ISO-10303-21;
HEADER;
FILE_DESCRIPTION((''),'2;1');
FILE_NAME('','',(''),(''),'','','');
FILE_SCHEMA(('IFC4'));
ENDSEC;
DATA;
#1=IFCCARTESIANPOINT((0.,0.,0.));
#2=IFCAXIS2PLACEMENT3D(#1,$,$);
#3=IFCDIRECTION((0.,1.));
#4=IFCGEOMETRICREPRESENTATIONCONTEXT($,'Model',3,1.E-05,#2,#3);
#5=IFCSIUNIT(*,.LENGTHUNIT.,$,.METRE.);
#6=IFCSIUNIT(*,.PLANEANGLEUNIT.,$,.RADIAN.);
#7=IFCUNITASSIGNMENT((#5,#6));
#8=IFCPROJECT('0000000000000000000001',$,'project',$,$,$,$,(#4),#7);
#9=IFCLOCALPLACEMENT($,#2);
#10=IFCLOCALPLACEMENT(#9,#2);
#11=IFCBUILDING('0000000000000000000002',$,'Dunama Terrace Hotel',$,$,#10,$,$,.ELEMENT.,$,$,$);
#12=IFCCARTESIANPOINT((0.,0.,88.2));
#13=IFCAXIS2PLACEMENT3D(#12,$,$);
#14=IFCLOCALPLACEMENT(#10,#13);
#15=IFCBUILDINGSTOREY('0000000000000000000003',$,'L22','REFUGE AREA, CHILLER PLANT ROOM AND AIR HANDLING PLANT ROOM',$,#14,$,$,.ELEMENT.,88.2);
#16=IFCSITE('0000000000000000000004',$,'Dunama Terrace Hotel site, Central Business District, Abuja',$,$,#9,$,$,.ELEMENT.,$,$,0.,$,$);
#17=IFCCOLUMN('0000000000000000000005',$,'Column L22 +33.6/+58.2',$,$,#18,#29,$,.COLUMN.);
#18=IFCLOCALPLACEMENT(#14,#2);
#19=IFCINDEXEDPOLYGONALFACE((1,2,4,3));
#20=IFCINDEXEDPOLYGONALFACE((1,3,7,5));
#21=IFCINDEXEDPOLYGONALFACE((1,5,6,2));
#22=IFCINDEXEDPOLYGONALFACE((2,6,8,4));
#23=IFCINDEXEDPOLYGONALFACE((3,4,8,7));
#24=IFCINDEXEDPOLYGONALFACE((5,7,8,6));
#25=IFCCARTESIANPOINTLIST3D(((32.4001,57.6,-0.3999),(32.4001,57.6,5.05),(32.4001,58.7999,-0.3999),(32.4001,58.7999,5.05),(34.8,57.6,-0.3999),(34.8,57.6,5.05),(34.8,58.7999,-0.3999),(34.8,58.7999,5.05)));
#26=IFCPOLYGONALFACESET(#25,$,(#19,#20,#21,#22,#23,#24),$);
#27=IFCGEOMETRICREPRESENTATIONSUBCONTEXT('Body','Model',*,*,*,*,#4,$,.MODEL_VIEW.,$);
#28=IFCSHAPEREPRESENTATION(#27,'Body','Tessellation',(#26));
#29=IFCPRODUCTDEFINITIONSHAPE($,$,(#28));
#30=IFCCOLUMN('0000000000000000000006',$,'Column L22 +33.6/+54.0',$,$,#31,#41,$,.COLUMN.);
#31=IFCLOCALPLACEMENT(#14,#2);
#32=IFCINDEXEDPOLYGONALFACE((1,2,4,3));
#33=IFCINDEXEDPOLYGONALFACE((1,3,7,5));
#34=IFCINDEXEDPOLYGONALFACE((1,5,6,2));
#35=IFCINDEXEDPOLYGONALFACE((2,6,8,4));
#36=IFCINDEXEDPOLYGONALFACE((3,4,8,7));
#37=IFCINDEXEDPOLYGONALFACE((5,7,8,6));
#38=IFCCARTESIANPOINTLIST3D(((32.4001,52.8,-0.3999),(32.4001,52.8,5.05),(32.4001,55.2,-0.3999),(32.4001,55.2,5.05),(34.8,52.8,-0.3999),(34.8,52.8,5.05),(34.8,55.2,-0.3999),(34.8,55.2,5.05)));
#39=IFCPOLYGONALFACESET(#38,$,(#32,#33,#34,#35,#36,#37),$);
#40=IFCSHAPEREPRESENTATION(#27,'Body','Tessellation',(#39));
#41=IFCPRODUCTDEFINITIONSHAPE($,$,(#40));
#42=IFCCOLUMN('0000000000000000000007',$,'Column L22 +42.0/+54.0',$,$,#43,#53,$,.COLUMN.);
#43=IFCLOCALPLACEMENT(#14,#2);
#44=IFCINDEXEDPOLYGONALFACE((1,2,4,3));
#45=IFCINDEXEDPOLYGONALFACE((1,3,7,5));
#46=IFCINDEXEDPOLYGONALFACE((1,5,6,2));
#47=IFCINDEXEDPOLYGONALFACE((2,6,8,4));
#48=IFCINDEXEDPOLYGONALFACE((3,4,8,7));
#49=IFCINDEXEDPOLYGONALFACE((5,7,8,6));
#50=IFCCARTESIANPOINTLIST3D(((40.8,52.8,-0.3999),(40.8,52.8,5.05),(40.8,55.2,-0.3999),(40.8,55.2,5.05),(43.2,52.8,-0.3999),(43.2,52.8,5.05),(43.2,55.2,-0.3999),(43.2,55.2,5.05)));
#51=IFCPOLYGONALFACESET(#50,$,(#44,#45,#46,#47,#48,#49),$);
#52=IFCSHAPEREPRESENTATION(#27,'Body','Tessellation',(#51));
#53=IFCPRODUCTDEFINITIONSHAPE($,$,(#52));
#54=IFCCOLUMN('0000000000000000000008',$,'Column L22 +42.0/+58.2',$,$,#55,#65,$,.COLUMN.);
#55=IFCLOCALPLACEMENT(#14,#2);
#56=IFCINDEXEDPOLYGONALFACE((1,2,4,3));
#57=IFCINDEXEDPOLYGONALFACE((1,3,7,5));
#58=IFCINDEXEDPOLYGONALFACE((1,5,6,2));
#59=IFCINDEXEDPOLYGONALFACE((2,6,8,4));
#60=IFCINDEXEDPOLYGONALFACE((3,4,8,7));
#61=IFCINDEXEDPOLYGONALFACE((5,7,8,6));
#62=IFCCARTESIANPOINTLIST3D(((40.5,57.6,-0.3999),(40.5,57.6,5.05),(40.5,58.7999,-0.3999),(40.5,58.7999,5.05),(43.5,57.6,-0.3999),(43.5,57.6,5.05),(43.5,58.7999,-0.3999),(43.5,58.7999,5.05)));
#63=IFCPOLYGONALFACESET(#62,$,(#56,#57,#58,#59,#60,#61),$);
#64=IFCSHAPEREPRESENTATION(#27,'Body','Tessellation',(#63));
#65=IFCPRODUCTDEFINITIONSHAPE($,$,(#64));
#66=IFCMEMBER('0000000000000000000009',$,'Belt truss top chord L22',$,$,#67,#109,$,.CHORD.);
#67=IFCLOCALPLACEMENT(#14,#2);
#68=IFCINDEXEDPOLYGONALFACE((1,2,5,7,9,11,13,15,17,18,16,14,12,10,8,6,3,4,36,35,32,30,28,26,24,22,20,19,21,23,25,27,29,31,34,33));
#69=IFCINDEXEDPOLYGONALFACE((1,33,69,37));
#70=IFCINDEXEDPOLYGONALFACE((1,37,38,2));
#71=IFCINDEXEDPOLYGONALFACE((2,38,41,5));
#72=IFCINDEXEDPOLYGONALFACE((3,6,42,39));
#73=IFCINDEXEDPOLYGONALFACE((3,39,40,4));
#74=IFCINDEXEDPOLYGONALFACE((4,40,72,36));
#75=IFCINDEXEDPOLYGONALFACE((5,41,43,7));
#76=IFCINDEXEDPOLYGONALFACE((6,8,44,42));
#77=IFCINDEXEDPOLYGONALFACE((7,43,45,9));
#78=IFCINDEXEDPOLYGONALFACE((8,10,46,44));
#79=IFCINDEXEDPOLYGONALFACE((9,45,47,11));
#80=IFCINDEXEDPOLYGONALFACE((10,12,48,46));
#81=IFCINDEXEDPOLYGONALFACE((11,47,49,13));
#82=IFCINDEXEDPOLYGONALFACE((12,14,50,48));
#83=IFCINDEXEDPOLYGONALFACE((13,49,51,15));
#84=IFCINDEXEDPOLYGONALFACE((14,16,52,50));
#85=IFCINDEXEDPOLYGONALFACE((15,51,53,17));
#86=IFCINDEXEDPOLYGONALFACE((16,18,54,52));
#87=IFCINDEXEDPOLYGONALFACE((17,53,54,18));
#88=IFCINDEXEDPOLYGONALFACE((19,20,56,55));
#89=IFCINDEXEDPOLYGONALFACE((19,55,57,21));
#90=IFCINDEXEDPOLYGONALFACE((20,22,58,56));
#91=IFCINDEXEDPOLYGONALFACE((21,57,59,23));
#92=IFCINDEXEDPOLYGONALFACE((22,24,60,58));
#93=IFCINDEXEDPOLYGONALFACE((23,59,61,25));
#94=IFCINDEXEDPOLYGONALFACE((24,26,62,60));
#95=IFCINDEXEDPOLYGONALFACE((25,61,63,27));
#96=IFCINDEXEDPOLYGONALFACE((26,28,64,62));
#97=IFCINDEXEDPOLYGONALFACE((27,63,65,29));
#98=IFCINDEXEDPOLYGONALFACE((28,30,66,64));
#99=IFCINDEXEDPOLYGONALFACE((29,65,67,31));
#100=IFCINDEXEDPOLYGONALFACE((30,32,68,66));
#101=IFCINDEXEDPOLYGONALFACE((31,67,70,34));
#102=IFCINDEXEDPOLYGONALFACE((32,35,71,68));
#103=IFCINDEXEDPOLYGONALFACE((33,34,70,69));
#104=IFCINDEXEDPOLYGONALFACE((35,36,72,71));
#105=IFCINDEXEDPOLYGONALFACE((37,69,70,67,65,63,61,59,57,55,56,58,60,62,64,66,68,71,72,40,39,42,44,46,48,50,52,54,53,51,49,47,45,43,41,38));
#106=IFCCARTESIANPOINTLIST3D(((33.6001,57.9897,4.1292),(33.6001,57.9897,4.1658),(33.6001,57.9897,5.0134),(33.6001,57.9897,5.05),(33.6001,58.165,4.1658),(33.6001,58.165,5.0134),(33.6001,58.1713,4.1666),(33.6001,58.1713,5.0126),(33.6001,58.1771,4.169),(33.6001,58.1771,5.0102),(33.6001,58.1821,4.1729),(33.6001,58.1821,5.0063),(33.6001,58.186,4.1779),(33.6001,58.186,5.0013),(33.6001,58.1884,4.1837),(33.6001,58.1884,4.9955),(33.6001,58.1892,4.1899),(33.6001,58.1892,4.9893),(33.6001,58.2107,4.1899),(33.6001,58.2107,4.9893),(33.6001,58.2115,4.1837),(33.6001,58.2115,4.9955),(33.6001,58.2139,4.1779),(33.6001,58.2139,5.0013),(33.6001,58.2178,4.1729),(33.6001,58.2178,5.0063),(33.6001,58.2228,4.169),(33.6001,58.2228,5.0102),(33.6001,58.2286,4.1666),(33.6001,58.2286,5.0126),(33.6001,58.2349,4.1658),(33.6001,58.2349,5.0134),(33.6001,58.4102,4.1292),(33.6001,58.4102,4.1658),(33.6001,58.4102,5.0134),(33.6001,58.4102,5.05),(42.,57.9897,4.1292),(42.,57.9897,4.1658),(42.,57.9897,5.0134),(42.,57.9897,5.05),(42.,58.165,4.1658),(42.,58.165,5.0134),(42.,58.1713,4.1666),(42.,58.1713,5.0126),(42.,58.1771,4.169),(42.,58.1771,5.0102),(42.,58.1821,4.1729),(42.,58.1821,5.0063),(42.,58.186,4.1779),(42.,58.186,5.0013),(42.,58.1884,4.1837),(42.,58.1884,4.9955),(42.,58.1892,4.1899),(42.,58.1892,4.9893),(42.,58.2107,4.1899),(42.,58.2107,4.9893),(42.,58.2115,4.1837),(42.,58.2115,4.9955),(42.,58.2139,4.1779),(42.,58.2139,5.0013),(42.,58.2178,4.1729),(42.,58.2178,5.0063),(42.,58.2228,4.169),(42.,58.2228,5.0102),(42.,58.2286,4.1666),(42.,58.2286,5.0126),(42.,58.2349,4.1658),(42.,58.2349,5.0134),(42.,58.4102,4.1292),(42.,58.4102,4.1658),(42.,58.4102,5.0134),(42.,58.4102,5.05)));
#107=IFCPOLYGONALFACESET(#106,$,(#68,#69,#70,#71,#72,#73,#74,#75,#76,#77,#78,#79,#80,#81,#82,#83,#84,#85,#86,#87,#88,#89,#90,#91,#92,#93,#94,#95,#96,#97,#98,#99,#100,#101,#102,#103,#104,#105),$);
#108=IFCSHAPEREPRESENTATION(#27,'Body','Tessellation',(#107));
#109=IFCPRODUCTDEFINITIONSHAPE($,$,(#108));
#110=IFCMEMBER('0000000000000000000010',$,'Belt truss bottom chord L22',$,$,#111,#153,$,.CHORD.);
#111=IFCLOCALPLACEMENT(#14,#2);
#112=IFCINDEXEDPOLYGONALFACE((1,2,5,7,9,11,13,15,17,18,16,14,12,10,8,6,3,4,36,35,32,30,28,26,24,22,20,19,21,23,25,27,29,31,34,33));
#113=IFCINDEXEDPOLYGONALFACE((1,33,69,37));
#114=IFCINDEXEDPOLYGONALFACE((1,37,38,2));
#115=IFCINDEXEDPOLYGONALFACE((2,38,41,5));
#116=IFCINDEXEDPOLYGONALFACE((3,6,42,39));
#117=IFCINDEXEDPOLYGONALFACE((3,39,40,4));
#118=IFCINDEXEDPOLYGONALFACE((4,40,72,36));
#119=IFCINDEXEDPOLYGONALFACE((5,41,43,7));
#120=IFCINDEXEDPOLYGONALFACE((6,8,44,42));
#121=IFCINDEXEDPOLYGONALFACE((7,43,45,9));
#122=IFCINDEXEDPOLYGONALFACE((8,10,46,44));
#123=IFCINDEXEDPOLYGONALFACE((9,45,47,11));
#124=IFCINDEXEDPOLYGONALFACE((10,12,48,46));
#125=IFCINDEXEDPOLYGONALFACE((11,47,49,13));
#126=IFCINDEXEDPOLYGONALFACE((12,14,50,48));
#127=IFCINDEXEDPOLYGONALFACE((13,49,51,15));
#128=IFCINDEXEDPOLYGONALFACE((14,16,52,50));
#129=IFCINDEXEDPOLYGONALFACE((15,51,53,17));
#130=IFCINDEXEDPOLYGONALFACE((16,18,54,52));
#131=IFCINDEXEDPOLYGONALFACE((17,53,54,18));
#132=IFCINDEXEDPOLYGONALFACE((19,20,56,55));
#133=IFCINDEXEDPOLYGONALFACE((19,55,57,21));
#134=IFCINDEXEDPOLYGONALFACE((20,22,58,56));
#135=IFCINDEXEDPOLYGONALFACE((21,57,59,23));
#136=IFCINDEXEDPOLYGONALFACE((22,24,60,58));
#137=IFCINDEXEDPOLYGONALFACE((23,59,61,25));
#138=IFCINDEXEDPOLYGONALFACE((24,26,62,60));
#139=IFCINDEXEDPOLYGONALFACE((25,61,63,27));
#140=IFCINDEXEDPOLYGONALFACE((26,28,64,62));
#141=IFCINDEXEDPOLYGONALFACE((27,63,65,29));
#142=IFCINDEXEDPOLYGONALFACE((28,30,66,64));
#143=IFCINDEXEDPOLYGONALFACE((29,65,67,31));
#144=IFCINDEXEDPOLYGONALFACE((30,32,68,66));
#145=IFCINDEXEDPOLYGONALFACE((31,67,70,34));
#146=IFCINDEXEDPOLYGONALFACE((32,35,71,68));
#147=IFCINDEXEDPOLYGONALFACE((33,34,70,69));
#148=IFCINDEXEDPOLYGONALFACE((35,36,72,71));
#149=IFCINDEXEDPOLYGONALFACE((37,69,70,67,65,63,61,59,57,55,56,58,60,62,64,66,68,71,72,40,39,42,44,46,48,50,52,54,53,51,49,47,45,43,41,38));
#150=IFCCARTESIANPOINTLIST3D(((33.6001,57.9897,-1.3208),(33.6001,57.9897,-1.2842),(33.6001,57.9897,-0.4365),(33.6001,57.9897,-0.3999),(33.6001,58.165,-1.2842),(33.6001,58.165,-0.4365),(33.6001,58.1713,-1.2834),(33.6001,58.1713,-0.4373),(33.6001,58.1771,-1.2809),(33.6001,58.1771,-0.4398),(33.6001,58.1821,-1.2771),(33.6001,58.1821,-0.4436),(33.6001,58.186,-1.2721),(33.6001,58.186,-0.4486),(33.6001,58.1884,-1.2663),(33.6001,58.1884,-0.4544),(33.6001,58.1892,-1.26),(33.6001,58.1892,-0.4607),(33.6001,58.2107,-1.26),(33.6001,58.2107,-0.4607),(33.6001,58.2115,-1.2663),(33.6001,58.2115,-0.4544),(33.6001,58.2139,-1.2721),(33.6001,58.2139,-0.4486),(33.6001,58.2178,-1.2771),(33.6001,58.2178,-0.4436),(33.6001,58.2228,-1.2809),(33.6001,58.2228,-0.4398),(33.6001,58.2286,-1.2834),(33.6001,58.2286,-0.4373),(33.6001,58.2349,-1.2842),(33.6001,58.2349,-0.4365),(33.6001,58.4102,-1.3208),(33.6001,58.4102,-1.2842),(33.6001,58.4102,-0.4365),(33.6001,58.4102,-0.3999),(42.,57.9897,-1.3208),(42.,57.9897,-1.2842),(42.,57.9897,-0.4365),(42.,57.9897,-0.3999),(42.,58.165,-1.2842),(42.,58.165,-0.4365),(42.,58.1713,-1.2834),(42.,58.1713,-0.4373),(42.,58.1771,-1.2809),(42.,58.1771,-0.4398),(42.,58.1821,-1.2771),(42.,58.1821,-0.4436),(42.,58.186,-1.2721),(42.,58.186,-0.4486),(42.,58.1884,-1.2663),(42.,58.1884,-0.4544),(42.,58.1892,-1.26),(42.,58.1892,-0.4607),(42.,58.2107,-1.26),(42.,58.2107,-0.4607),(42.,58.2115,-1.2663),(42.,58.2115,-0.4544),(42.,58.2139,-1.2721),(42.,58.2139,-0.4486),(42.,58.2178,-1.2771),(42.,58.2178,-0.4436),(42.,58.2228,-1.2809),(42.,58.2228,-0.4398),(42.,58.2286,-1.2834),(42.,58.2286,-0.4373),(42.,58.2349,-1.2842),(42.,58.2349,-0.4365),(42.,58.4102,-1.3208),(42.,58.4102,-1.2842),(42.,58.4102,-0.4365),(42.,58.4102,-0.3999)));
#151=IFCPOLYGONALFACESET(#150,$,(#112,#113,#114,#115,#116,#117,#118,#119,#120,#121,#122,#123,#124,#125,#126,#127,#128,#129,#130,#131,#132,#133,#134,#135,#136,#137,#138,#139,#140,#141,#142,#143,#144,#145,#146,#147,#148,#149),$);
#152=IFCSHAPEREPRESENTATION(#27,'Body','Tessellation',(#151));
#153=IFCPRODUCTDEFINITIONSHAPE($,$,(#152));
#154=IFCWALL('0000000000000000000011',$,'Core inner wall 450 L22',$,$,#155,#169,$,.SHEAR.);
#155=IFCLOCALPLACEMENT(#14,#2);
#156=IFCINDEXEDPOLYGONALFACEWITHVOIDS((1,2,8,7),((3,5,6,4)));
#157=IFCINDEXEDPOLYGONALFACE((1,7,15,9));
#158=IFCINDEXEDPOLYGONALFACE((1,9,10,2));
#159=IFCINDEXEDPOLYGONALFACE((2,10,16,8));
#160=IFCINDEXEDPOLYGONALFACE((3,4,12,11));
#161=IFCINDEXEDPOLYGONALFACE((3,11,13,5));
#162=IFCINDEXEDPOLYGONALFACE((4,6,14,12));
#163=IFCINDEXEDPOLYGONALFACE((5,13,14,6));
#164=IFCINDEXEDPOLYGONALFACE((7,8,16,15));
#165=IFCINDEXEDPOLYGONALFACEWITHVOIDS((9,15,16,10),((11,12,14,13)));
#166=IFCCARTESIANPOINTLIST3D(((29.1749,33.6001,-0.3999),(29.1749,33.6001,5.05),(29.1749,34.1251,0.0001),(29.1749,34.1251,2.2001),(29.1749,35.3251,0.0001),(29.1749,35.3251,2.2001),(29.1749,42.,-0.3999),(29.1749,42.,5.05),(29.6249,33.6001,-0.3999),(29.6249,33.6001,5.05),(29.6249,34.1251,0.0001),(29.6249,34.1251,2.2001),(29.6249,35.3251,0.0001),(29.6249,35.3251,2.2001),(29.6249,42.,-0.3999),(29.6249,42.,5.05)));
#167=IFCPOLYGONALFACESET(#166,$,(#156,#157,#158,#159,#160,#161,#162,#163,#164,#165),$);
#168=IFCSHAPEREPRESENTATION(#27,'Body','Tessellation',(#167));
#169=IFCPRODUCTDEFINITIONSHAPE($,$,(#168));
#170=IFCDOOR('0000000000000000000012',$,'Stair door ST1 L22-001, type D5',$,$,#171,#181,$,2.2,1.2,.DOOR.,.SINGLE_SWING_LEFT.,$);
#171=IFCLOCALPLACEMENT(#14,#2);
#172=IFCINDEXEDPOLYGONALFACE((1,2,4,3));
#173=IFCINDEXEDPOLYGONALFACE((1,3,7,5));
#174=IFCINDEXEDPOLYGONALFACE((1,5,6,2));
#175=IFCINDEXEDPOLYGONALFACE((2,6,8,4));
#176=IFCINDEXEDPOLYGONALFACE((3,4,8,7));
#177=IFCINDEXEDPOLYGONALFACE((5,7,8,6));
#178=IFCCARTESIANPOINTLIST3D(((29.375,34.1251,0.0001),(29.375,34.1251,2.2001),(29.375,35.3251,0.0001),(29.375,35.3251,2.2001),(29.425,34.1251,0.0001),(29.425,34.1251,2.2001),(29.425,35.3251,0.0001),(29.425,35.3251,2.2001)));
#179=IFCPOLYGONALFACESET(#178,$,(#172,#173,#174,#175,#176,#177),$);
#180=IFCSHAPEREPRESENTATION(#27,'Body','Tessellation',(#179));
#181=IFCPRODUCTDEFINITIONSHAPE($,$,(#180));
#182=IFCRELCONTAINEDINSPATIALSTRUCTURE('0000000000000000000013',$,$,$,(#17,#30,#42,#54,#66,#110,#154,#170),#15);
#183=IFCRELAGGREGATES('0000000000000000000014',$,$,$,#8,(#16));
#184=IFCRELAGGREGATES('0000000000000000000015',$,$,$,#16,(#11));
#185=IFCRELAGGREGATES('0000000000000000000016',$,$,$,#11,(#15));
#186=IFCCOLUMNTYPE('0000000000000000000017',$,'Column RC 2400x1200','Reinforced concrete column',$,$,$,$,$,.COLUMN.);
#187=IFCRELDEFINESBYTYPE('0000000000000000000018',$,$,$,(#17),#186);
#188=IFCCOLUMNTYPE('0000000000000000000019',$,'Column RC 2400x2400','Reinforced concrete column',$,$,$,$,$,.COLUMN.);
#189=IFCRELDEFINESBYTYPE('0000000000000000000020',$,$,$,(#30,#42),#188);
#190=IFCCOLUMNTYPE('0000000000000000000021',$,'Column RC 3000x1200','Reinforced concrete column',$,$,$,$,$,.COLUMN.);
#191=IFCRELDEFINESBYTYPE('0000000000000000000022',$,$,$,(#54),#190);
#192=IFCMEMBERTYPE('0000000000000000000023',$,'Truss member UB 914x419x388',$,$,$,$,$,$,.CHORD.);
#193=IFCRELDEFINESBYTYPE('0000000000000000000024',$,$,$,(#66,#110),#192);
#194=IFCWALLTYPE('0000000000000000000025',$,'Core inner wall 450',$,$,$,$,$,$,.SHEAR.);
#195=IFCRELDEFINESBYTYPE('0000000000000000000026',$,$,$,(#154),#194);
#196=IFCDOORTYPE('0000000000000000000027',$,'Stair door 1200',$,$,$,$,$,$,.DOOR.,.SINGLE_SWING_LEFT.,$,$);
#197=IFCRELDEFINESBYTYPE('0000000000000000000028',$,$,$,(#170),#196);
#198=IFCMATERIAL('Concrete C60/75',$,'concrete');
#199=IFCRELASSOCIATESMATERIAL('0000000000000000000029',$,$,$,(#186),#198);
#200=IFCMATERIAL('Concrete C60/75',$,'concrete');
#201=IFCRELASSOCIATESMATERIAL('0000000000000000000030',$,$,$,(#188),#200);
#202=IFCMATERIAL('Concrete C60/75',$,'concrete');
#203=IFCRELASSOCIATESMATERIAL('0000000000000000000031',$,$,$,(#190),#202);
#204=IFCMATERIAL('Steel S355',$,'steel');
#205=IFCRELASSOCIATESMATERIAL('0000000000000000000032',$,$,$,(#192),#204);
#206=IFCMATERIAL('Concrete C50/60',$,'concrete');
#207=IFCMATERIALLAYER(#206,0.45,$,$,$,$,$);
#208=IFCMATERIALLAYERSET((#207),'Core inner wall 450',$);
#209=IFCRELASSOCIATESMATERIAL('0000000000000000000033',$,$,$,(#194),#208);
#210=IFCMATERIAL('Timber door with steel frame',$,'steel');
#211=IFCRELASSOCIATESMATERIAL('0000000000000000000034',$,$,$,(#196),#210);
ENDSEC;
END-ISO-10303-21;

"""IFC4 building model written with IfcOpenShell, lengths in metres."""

from ifc_helpers import new_model, si_unit, direction, frame, frame_2d, origin, origin_2d, place, context, subcontext, project, spatial, rectangle, i_section, extrude, material, layer, layer_set, material_profile, profile_set, type_object, element, fill, save


model = new_model("IFC4")

# Units and contexts
model_context = context("Model", 3, precision=1e-05, world=origin(), true_north=direction((0.0, 1.0)))
body_context = subcontext(model_context, "Body", "Model", "MODEL_VIEW")
ifc_project = project(units=[si_unit("LENGTHUNIT", "METRE"), si_unit("PLANEANGLEUNIT", "RADIAN")], contexts=[model_context])

# Site, building, storey
site_placement = place(None, origin())
site = spatial("IfcSite", under=ifc_project, at=site_placement, Name="Dunama Terrace Hotel site, Central Business District, Abuja", CompositionType="ELEMENT", RefElevation=0.0)
building_placement = place(site_placement, origin())
building = spatial("IfcBuilding", under=site, at=building_placement, Name="Dunama Terrace Hotel", CompositionType="ELEMENT")
storey_placement = place(building_placement, frame((0.0, 0.0, 88.2)))
storey = spatial("IfcBuildingStorey", under=building, at=storey_placement, Name="L22", Description="REFUGE AREA, CHILLER PLANT ROOM AND AIR HANDLING PLANT ROOM", CompositionType="ELEMENT", Elevation=88.2)

# Columns
ifc_material_1 = material(Name="Concrete C60/75", Category="concrete")
ifc_material_profile_1 = material_profile(ifc_material_1, rectangle(XDim=2.3999, YDim=1.2, at=origin_2d()), Name="RC 2400x1200")
ifc_profile_set_1 = profile_set([ifc_material_profile_1], Name="Concrete C60/75")
column_type_1 = type_object("IfcColumnType", Name="Column RC 2400x1200", Description="Reinforced concrete column", PredefinedType="COLUMN", material=ifc_profile_set_1)
column_1_placement = place(storey_placement, frame((33.6001, 58.2, -0.3999), z_axis=(0.0, 0.0, 1.0), x_axis=(1.0, 0.0, 0.0)))
element("IfcColumn", 1, at=column_1_placement, inside=storey, type_object=column_type_1, Name="Column L22 +33.6/+58.2", PredefinedType="COLUMN", context=body_context, shape_type="SweptSolid", body=[
    extrude(rectangle(XDim=2.3999, YDim=1.2, at=origin_2d()), origin(), (0.0, 0.0, 1.0), 5.45),
])
ifc_material_2 = material(Name="Concrete C60/75", Category="concrete")
ifc_material_profile_2 = material_profile(ifc_material_2, rectangle(XDim=2.3999, YDim=2.3999, at=origin_2d()), Name="RC 2400x2400")
ifc_profile_set_2 = profile_set([ifc_material_profile_2], Name="Concrete C60/75")
column_type_2 = type_object("IfcColumnType", Name="Column RC 2400x2400", Description="Reinforced concrete column", PredefinedType="COLUMN", material=ifc_profile_set_2)
for number, where, z_axis, x_axis, name in (
    (2, (33.6001, 54.0, -0.3999), (0.0, 0.0, 1.0), (1.0, 0.0, 0.0), "Column L22 +33.6/+54.0"),
    (3, (42.0, 54.0, -0.3999), (0.0, 0.0, 1.0), (1.0, 0.0, 0.0), "Column L22 +42.0/+54.0"),
):
    element("IfcColumn", number, at=place(storey_placement, frame(where, z_axis=z_axis, x_axis=x_axis)), inside=storey, type_object=column_type_2, Name=name, PredefinedType="COLUMN", context=body_context, shape_type="SweptSolid", body=[
        extrude(rectangle(XDim=2.3999, YDim=2.3999, at=origin_2d()), origin(), (0.0, 0.0, 1.0), 5.45),
    ])
ifc_material_3 = material(Name="Concrete C60/75", Category="concrete")
ifc_material_profile_3 = material_profile(ifc_material_3, rectangle(XDim=3.0, YDim=1.2, at=origin_2d()), Name="RC 3000x1200")
ifc_profile_set_3 = profile_set([ifc_material_profile_3], Name="Concrete C60/75")
column_type_3 = type_object("IfcColumnType", Name="Column RC 3000x1200", Description="Reinforced concrete column", PredefinedType="COLUMN", material=ifc_profile_set_3)
column_2_placement = place(storey_placement, frame((42.0, 58.2, -0.3999), z_axis=(0.0, 0.0, 1.0), x_axis=(1.0, 0.0, 0.0)))
element("IfcColumn", 4, at=column_2_placement, inside=storey, type_object=column_type_3, Name="Column L22 +42.0/+58.2", PredefinedType="COLUMN", context=body_context, shape_type="SweptSolid", body=[
    extrude(rectangle(XDim=3.0, YDim=1.2, at=origin_2d()), origin(), (0.0, 0.0, 1.0), 5.45),
])

# Members
ifc_material_4 = material(Name="Steel S355", Category="steel")
ifc_material_profile_4 = material_profile(ifc_material_4, i_section(OverallWidth=0.4204, OverallDepth=0.9209, WebThickness=0.0215, FlangeThickness=0.0366, FilletRadius=0.0242, at=origin_2d()), Name="UB 914x419x388")
ifc_profile_set_4 = profile_set([ifc_material_profile_4], Name="Steel S355")
member_type = type_object("IfcMemberType", Name="Truss member UB 914x419x388", PredefinedType="CHORD", material=ifc_profile_set_4)
for number, where, z_axis, x_axis, name in (
    (5, (33.6001, 58.2, 4.5896), (1.0, 0.0, 0.0), (0.0, 1.0, 0.0), "Belt truss top chord L22"),
    (6, (33.6001, 58.2, -0.8604), (1.0, 0.0, 0.0), (0.0, 1.0, 0.0), "Belt truss bottom chord L22"),
):
    element("IfcMember", number, at=place(storey_placement, frame(where, z_axis=z_axis, x_axis=x_axis)), inside=storey, type_object=member_type, Name=name, PredefinedType="CHORD", context=body_context, shape_type="SweptSolid", body=[
        extrude(i_section(OverallWidth=0.4204, OverallDepth=0.9209, WebThickness=0.0215, FlangeThickness=0.0366, FilletRadius=0.0242, at=origin_2d()), origin(), (0.0, 0.0, 1.0), 8.3999),
    ])

# Wall, opening, door
ifc_material_5 = material(Name="Concrete C50/60", Category="concrete")
ifc_layer_1 = layer(ifc_material_5, 0.45)
ifc_layer_set_1 = layer_set([ifc_layer_1], Name="Core inner wall 450")
wall_type_1 = type_object("IfcWallType", Name="Core inner wall 450", PredefinedType="SHEAR", material=ifc_layer_set_1)
wall_1_placement = place(storey_placement, frame((29.3999, 33.6001, -0.3999), z_axis=(0.0, 0.0, 1.0), x_axis=(0.0, 1.0, 0.0)))
wall_1 = element("IfcWall", 7, at=wall_1_placement, inside=storey, type_object=wall_type_1, Name="Core inner wall 450 L22", PredefinedType="SHEAR", context=body_context, shape_type="SweptSolid", body=[
    extrude(rectangle(XDim=8.3999, YDim=0.45, at=frame_2d((4.2, 0.0))), origin(), (0.0, 0.0, 1.0), 5.45),
])
opening_1_placement = place(wall_1_placement, frame((0.5249, 0.0, 0.3999)))
opening_1 = element("IfcOpeningElement", 8, at=opening_1_placement, cuts=wall_1, PredefinedType="OPENING", context=body_context, shape_type="SweptSolid", body=[
    extrude(rectangle(XDim=1.2, YDim=2.2, at=frame_2d((0.6001, 1.1001))), frame((0.0, 0.2349, 0.0), z_axis=(0.0, -1.0, 0.0), x_axis=(1.0, 0.0, 0.0)), (0.0, 0.0, 1.0), 0.47),
])
ifc_material_6 = material(Name="Timber door with steel frame", Category="steel")
door_type_1 = type_object("IfcDoorType", Name="Stair door 1200", OperationType="SINGLE_SWING_LEFT", PredefinedType="DOOR", material=ifc_material_6)
door_1_placement = place(opening_1_placement, origin())
door_1 = element("IfcDoor", 9, at=door_1_placement, inside=storey, type_object=door_type_1, Name="Stair door ST1 L22-001, type D5", OperationType="SINGLE_SWING_LEFT", OverallHeight=2.2, OverallWidth=1.2, PredefinedType="DOOR", context=body_context, shape_type="SweptSolid", body=[
    extrude(rectangle(XDim=1.2, YDim=2.2, at=frame_2d((0.6001, 1.1001))), frame((0.0, 0.0249, 0.0), z_axis=(0.0, -1.0, 0.0), x_axis=(1.0, 0.0, 0.0)), (0.0, 0.0, 1.0), 0.05),
])
fill(opening_1, door_1)

save(model, "model.ifc")
